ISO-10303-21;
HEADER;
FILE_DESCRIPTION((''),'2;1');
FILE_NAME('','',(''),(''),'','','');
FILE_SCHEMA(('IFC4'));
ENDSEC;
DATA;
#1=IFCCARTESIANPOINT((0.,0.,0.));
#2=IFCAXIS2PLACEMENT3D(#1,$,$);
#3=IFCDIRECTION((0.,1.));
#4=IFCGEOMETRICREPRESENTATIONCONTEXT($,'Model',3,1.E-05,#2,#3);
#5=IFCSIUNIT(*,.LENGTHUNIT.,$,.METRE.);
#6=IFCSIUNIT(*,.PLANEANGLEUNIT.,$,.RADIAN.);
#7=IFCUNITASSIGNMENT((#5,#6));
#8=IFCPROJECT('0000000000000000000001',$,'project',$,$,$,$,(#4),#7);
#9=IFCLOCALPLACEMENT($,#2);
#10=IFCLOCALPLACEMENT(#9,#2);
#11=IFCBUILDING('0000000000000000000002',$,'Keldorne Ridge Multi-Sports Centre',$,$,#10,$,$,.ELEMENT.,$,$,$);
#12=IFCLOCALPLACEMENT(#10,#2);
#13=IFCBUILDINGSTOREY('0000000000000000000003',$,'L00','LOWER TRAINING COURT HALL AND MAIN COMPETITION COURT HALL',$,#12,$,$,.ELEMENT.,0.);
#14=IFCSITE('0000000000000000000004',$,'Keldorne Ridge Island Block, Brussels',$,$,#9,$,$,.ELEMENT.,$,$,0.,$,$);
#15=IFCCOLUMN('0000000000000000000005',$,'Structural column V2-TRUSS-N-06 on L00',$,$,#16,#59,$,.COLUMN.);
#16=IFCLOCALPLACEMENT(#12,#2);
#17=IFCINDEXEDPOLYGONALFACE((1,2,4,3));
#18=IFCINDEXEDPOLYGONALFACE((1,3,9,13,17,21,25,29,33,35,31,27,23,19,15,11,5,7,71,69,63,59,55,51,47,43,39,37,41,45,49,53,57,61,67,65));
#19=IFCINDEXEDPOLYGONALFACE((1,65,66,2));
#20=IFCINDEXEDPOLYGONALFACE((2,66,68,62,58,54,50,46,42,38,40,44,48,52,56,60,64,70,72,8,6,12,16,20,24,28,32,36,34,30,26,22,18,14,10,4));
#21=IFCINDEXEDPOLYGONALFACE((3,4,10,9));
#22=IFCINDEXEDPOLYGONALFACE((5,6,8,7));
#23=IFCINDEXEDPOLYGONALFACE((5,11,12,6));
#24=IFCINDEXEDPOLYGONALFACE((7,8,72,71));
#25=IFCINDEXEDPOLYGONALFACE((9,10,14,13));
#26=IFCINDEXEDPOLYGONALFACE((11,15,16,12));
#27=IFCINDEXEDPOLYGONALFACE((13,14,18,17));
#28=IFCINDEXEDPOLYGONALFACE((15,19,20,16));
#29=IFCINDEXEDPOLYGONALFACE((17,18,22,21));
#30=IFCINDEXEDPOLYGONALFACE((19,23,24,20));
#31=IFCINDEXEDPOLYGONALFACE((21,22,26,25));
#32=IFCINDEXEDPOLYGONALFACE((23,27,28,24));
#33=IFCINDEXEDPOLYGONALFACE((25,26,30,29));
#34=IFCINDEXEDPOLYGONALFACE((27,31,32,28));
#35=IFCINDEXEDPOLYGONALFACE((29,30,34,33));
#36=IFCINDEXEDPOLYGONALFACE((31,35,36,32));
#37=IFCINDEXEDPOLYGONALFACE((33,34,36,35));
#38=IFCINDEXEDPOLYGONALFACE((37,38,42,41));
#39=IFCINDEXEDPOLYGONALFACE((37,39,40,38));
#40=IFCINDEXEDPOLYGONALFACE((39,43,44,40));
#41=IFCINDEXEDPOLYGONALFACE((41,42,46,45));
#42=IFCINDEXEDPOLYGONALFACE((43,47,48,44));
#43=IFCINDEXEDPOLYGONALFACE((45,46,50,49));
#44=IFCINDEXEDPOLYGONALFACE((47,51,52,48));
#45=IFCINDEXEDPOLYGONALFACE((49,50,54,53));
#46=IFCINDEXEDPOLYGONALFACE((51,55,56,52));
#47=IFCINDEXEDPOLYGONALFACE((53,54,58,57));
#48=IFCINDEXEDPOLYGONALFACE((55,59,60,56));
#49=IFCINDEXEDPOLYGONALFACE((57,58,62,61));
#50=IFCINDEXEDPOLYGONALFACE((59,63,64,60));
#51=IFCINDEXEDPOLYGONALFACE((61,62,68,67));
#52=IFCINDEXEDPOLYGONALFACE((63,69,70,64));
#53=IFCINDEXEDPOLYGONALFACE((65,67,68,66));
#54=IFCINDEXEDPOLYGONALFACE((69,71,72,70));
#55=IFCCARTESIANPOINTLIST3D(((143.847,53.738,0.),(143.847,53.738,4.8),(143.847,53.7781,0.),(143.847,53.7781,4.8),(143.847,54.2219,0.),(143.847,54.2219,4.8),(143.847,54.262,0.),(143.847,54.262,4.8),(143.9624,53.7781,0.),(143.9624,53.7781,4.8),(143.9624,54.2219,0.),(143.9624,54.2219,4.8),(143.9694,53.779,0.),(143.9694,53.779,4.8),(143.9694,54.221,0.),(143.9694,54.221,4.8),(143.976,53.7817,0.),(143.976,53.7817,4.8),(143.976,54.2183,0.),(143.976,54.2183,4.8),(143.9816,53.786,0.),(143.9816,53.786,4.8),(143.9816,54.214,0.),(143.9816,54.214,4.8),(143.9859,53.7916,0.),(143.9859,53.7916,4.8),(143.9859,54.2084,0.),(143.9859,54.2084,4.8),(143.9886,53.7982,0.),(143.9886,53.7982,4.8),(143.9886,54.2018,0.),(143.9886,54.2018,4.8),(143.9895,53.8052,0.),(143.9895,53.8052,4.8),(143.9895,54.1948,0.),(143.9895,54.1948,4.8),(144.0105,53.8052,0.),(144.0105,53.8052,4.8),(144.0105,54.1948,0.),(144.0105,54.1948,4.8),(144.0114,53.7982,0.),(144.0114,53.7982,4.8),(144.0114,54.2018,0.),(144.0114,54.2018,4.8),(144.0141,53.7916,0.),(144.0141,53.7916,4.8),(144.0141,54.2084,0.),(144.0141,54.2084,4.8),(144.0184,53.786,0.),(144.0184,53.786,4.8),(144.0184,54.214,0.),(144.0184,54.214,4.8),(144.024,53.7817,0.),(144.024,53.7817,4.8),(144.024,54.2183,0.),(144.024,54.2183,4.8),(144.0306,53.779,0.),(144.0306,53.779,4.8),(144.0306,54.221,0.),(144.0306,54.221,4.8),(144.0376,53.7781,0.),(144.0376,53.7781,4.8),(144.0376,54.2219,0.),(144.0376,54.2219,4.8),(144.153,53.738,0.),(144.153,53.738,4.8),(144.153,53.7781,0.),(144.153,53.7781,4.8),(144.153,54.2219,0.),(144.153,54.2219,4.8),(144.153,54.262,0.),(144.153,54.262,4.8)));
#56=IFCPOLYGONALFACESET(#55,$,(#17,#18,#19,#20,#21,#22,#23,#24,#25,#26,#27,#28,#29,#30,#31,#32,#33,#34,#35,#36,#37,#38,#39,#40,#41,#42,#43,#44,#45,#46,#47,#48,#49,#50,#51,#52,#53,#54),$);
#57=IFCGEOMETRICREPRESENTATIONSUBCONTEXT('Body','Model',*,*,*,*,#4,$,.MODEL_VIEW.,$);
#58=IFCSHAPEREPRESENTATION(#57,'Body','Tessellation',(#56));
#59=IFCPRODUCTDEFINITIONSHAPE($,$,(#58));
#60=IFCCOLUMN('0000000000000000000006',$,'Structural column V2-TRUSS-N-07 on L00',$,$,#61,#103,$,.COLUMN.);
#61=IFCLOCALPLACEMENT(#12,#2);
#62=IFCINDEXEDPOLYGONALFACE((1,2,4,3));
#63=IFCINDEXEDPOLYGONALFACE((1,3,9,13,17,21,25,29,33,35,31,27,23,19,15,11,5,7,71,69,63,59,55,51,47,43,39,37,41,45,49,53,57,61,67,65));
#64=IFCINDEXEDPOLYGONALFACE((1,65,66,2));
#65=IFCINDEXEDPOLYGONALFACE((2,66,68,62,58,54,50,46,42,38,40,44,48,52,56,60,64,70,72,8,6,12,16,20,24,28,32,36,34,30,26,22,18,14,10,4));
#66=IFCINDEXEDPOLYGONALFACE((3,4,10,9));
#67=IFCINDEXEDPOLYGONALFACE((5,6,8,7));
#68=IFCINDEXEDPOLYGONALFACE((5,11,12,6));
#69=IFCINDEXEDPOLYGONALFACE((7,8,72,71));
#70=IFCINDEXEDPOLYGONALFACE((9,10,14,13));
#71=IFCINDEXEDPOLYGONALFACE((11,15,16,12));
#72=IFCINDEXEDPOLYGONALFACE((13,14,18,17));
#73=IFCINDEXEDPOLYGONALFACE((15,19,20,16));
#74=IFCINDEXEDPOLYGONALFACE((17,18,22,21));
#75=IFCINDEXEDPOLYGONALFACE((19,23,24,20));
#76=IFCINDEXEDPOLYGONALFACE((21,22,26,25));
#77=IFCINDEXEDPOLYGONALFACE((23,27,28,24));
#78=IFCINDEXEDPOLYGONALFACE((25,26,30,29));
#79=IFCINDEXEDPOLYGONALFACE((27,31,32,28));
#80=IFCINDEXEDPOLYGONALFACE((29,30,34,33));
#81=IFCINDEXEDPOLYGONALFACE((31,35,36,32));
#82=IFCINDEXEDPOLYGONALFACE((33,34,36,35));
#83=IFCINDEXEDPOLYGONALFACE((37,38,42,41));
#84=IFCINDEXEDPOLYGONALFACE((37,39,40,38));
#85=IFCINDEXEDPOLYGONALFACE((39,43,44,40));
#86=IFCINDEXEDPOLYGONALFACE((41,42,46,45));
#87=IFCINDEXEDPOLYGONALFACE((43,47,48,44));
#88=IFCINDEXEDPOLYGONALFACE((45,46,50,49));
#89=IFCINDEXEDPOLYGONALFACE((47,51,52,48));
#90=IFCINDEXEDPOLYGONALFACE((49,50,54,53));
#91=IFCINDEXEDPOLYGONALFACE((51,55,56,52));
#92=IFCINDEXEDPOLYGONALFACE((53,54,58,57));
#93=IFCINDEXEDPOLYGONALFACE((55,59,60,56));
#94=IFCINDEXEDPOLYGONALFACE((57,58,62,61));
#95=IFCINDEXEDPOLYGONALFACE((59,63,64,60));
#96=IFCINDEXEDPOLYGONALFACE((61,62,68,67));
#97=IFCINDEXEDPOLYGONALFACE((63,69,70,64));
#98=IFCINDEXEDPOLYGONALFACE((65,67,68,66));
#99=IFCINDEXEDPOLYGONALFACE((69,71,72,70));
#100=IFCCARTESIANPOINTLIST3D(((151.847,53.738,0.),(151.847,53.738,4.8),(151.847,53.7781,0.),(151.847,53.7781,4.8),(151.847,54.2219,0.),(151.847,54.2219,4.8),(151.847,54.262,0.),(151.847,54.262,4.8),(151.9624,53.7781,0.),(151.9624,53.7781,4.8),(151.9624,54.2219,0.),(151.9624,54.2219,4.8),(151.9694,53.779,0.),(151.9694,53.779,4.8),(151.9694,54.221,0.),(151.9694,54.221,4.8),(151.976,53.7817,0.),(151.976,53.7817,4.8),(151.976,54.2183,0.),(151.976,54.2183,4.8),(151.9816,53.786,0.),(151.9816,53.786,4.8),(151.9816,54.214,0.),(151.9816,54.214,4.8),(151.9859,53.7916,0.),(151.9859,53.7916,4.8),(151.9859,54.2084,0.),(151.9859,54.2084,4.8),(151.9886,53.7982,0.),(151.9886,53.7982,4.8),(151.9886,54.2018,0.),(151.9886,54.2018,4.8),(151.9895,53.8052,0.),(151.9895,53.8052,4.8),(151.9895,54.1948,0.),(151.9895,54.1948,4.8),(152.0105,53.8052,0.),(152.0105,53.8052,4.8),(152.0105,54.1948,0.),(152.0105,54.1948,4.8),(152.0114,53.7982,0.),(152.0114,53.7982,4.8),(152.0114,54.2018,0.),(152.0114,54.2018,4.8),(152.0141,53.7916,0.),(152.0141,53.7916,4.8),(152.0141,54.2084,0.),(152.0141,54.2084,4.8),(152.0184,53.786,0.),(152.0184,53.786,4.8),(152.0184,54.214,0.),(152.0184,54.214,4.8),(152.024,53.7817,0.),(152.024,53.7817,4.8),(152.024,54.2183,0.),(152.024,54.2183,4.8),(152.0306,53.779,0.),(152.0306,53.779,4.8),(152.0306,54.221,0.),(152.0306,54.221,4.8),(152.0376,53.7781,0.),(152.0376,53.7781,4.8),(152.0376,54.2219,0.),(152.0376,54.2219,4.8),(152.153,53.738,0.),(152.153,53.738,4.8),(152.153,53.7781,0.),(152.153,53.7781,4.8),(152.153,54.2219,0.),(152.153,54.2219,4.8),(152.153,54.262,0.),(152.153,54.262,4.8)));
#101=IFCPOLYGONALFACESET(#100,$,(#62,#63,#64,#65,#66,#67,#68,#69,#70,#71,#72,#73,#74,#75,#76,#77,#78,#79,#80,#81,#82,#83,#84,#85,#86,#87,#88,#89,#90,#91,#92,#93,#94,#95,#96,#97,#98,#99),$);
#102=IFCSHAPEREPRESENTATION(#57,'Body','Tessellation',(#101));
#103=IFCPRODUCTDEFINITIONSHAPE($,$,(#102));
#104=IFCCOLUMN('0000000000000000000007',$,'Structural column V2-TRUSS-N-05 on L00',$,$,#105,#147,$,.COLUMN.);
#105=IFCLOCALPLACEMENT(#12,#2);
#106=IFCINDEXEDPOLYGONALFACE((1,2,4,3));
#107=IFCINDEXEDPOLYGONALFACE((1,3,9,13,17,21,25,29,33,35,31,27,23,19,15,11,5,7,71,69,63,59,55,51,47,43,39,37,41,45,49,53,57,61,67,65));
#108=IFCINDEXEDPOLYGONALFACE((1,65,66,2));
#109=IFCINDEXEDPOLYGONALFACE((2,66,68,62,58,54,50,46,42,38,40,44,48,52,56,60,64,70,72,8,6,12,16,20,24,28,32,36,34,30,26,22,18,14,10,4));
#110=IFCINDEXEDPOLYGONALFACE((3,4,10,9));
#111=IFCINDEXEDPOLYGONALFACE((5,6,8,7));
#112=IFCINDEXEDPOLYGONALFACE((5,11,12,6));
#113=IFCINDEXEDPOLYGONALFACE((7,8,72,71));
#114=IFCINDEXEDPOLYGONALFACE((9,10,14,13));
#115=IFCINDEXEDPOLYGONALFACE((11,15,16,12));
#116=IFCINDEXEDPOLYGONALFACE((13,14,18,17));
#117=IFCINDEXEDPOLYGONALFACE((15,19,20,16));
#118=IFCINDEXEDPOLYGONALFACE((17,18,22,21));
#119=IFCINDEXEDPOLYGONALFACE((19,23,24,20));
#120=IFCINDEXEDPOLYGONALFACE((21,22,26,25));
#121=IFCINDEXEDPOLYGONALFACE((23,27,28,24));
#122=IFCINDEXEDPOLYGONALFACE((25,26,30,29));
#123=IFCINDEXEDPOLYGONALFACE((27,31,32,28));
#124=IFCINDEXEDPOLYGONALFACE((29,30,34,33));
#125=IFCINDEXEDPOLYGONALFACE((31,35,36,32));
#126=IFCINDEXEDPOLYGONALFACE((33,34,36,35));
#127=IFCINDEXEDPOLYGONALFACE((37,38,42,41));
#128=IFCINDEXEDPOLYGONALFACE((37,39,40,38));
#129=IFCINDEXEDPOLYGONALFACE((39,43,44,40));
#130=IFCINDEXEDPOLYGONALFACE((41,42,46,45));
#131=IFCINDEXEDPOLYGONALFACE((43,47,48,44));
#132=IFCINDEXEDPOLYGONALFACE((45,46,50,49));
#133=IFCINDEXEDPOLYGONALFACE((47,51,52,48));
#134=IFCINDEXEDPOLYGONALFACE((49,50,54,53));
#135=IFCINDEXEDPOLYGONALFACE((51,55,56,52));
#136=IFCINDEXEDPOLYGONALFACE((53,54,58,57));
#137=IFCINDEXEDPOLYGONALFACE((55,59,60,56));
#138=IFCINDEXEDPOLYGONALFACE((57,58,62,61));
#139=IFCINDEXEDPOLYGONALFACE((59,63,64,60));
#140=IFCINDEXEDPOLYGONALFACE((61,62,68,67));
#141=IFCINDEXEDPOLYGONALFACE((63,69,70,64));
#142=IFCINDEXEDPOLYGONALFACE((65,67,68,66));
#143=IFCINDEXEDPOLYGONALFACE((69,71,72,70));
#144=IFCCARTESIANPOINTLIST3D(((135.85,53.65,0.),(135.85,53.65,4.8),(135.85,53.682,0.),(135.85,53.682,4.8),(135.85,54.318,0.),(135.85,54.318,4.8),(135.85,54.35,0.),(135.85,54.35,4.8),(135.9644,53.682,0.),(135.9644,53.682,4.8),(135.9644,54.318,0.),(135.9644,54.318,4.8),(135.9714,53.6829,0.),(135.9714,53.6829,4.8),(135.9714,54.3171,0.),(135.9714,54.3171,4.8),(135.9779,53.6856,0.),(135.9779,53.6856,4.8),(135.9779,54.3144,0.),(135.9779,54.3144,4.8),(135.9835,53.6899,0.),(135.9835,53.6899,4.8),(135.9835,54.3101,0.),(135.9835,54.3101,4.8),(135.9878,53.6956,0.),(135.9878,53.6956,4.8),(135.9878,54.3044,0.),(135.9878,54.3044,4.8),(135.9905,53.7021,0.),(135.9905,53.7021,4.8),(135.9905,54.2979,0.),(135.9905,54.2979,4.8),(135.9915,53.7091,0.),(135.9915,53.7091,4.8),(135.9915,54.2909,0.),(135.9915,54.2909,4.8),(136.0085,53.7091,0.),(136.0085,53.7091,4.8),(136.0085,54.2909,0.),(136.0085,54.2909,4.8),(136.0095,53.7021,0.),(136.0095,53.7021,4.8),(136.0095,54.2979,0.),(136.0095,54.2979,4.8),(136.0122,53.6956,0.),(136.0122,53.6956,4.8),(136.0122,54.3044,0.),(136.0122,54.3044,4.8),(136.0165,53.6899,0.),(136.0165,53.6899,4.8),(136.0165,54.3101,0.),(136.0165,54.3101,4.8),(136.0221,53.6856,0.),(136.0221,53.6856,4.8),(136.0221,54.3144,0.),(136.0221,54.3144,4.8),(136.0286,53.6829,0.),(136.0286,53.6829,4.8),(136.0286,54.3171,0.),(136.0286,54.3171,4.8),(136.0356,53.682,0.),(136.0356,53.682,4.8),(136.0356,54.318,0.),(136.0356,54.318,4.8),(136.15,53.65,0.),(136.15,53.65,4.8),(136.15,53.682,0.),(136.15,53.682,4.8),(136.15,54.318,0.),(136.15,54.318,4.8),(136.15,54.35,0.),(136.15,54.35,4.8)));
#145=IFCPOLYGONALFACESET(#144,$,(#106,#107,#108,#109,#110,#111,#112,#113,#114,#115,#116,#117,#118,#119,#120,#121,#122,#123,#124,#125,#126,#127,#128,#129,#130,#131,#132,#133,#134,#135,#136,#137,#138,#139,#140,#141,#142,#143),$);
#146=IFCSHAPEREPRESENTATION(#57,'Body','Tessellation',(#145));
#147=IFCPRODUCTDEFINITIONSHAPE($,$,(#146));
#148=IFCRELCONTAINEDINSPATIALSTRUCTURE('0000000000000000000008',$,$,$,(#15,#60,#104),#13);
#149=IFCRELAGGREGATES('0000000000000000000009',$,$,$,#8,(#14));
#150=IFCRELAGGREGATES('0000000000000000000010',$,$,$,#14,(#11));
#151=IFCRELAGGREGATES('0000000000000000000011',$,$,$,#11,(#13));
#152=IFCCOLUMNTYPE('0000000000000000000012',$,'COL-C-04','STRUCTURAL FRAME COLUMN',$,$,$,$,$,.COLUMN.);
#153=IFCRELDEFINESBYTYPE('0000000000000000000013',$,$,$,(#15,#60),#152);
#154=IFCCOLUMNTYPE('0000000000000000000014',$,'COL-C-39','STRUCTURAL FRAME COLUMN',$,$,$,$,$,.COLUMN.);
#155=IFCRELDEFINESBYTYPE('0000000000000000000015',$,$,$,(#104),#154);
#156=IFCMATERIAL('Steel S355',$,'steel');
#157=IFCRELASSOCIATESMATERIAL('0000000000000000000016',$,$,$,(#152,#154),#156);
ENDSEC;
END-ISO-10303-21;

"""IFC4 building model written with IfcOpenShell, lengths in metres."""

from ifc_helpers import new_model, si_unit, direction, frame, origin, origin_2d, place, context, subcontext, project, spatial, i_section, extrude, material, material_profile, profile_set, type_object, element, save


model = new_model("IFC4")

# Units and contexts
model_context = context("Model", 3, precision=1e-05, world=origin(), true_north=direction((0.0, 1.0)))
body_context = subcontext(model_context, "Body", "Model", "MODEL_VIEW")
ifc_project = project(units=[si_unit("LENGTHUNIT", "METRE"), si_unit("PLANEANGLEUNIT", "RADIAN")], contexts=[model_context])

# Site, building, storey
site_placement = place(None, origin())
site = spatial("IfcSite", under=ifc_project, at=site_placement, Name="Keldorne Ridge Island Block, Brussels", CompositionType="ELEMENT", RefElevation=0.0)
building_placement = place(site_placement, origin())
building = spatial("IfcBuilding", under=site, at=building_placement, Name="Keldorne Ridge Multi-Sports Centre", CompositionType="ELEMENT")
storey_placement = place(building_placement, origin())
storey = spatial("IfcBuildingStorey", under=building, at=storey_placement, Name="L00", Description="LOWER TRAINING COURT HALL AND MAIN COMPETITION COURT HALL", CompositionType="ELEMENT", Elevation=0.0)

# Columns
ifc_material_1 = material(Name="Steel S355", Category="steel")
ifc_material_profile_1 = material_profile(ifc_material_1, i_section(OverallWidth=0.3059, OverallDepth=0.5239, WebThickness=0.021, FlangeThickness=0.04, FilletRadius=0.0271, at=origin_2d()), Name="HEM 500")
ifc_profile_set_1 = profile_set([ifc_material_profile_1], Name="Steel S355")
column_type_1 = type_object("IfcColumnType", Name="COL-C-04", Description="STRUCTURAL FRAME COLUMN", PredefinedType="COLUMN", material=ifc_profile_set_1)
for number, where, z_axis, x_axis, name in (
    (1, (144.0, 54.0, 0.0), (0.0, 0.0, 1.0), (1.0, 0.0, 0.0), "Structural column V2-TRUSS-N-06 on L00"),
    (2, (152.0, 54.0, 0.0), (0.0, 0.0, 1.0), (1.0, 0.0, 0.0), "Structural column V2-TRUSS-N-07 on L00"),
):
    element("IfcColumn", number, at=place(storey_placement, frame(where, z_axis=z_axis, x_axis=x_axis)), inside=storey, type_object=column_type_1, Name=name, PredefinedType="COLUMN", context=body_context, shape_type="SweptSolid", body=[
        extrude(i_section(OverallWidth=0.3059, OverallDepth=0.5239, WebThickness=0.021, FlangeThickness=0.04, FilletRadius=0.0271, at=origin_2d()), origin(), (0.0, 0.0, 1.0), 4.8),
    ])
ifc_material_profile_2 = material_profile(ifc_material_1, i_section(OverallWidth=0.3, OverallDepth=0.7, WebThickness=0.0171, FlangeThickness=0.032, FilletRadius=0.0271, at=origin_2d()), Name="HEB 700")
ifc_profile_set_2 = profile_set([ifc_material_profile_2], Name="Steel S355")
column_type_2 = type_object("IfcColumnType", Name="COL-C-39", Description="STRUCTURAL FRAME COLUMN", PredefinedType="COLUMN", material=ifc_profile_set_2)
column_placement = place(storey_placement, frame((136.0, 54.0, 0.0), z_axis=(0.0, 0.0, 1.0), x_axis=(1.0, 0.0, 0.0)))
element("IfcColumn", 3, at=column_placement, inside=storey, type_object=column_type_2, Name="Structural column V2-TRUSS-N-05 on L00", PredefinedType="COLUMN", context=body_context, shape_type="SweptSolid", body=[
    extrude(i_section(OverallWidth=0.3, OverallDepth=0.7, WebThickness=0.0171, FlangeThickness=0.032, FilletRadius=0.0271, at=origin_2d()), origin(), (0.0, 0.0, 1.0), 4.8),
])

save(model, "model.ifc")
